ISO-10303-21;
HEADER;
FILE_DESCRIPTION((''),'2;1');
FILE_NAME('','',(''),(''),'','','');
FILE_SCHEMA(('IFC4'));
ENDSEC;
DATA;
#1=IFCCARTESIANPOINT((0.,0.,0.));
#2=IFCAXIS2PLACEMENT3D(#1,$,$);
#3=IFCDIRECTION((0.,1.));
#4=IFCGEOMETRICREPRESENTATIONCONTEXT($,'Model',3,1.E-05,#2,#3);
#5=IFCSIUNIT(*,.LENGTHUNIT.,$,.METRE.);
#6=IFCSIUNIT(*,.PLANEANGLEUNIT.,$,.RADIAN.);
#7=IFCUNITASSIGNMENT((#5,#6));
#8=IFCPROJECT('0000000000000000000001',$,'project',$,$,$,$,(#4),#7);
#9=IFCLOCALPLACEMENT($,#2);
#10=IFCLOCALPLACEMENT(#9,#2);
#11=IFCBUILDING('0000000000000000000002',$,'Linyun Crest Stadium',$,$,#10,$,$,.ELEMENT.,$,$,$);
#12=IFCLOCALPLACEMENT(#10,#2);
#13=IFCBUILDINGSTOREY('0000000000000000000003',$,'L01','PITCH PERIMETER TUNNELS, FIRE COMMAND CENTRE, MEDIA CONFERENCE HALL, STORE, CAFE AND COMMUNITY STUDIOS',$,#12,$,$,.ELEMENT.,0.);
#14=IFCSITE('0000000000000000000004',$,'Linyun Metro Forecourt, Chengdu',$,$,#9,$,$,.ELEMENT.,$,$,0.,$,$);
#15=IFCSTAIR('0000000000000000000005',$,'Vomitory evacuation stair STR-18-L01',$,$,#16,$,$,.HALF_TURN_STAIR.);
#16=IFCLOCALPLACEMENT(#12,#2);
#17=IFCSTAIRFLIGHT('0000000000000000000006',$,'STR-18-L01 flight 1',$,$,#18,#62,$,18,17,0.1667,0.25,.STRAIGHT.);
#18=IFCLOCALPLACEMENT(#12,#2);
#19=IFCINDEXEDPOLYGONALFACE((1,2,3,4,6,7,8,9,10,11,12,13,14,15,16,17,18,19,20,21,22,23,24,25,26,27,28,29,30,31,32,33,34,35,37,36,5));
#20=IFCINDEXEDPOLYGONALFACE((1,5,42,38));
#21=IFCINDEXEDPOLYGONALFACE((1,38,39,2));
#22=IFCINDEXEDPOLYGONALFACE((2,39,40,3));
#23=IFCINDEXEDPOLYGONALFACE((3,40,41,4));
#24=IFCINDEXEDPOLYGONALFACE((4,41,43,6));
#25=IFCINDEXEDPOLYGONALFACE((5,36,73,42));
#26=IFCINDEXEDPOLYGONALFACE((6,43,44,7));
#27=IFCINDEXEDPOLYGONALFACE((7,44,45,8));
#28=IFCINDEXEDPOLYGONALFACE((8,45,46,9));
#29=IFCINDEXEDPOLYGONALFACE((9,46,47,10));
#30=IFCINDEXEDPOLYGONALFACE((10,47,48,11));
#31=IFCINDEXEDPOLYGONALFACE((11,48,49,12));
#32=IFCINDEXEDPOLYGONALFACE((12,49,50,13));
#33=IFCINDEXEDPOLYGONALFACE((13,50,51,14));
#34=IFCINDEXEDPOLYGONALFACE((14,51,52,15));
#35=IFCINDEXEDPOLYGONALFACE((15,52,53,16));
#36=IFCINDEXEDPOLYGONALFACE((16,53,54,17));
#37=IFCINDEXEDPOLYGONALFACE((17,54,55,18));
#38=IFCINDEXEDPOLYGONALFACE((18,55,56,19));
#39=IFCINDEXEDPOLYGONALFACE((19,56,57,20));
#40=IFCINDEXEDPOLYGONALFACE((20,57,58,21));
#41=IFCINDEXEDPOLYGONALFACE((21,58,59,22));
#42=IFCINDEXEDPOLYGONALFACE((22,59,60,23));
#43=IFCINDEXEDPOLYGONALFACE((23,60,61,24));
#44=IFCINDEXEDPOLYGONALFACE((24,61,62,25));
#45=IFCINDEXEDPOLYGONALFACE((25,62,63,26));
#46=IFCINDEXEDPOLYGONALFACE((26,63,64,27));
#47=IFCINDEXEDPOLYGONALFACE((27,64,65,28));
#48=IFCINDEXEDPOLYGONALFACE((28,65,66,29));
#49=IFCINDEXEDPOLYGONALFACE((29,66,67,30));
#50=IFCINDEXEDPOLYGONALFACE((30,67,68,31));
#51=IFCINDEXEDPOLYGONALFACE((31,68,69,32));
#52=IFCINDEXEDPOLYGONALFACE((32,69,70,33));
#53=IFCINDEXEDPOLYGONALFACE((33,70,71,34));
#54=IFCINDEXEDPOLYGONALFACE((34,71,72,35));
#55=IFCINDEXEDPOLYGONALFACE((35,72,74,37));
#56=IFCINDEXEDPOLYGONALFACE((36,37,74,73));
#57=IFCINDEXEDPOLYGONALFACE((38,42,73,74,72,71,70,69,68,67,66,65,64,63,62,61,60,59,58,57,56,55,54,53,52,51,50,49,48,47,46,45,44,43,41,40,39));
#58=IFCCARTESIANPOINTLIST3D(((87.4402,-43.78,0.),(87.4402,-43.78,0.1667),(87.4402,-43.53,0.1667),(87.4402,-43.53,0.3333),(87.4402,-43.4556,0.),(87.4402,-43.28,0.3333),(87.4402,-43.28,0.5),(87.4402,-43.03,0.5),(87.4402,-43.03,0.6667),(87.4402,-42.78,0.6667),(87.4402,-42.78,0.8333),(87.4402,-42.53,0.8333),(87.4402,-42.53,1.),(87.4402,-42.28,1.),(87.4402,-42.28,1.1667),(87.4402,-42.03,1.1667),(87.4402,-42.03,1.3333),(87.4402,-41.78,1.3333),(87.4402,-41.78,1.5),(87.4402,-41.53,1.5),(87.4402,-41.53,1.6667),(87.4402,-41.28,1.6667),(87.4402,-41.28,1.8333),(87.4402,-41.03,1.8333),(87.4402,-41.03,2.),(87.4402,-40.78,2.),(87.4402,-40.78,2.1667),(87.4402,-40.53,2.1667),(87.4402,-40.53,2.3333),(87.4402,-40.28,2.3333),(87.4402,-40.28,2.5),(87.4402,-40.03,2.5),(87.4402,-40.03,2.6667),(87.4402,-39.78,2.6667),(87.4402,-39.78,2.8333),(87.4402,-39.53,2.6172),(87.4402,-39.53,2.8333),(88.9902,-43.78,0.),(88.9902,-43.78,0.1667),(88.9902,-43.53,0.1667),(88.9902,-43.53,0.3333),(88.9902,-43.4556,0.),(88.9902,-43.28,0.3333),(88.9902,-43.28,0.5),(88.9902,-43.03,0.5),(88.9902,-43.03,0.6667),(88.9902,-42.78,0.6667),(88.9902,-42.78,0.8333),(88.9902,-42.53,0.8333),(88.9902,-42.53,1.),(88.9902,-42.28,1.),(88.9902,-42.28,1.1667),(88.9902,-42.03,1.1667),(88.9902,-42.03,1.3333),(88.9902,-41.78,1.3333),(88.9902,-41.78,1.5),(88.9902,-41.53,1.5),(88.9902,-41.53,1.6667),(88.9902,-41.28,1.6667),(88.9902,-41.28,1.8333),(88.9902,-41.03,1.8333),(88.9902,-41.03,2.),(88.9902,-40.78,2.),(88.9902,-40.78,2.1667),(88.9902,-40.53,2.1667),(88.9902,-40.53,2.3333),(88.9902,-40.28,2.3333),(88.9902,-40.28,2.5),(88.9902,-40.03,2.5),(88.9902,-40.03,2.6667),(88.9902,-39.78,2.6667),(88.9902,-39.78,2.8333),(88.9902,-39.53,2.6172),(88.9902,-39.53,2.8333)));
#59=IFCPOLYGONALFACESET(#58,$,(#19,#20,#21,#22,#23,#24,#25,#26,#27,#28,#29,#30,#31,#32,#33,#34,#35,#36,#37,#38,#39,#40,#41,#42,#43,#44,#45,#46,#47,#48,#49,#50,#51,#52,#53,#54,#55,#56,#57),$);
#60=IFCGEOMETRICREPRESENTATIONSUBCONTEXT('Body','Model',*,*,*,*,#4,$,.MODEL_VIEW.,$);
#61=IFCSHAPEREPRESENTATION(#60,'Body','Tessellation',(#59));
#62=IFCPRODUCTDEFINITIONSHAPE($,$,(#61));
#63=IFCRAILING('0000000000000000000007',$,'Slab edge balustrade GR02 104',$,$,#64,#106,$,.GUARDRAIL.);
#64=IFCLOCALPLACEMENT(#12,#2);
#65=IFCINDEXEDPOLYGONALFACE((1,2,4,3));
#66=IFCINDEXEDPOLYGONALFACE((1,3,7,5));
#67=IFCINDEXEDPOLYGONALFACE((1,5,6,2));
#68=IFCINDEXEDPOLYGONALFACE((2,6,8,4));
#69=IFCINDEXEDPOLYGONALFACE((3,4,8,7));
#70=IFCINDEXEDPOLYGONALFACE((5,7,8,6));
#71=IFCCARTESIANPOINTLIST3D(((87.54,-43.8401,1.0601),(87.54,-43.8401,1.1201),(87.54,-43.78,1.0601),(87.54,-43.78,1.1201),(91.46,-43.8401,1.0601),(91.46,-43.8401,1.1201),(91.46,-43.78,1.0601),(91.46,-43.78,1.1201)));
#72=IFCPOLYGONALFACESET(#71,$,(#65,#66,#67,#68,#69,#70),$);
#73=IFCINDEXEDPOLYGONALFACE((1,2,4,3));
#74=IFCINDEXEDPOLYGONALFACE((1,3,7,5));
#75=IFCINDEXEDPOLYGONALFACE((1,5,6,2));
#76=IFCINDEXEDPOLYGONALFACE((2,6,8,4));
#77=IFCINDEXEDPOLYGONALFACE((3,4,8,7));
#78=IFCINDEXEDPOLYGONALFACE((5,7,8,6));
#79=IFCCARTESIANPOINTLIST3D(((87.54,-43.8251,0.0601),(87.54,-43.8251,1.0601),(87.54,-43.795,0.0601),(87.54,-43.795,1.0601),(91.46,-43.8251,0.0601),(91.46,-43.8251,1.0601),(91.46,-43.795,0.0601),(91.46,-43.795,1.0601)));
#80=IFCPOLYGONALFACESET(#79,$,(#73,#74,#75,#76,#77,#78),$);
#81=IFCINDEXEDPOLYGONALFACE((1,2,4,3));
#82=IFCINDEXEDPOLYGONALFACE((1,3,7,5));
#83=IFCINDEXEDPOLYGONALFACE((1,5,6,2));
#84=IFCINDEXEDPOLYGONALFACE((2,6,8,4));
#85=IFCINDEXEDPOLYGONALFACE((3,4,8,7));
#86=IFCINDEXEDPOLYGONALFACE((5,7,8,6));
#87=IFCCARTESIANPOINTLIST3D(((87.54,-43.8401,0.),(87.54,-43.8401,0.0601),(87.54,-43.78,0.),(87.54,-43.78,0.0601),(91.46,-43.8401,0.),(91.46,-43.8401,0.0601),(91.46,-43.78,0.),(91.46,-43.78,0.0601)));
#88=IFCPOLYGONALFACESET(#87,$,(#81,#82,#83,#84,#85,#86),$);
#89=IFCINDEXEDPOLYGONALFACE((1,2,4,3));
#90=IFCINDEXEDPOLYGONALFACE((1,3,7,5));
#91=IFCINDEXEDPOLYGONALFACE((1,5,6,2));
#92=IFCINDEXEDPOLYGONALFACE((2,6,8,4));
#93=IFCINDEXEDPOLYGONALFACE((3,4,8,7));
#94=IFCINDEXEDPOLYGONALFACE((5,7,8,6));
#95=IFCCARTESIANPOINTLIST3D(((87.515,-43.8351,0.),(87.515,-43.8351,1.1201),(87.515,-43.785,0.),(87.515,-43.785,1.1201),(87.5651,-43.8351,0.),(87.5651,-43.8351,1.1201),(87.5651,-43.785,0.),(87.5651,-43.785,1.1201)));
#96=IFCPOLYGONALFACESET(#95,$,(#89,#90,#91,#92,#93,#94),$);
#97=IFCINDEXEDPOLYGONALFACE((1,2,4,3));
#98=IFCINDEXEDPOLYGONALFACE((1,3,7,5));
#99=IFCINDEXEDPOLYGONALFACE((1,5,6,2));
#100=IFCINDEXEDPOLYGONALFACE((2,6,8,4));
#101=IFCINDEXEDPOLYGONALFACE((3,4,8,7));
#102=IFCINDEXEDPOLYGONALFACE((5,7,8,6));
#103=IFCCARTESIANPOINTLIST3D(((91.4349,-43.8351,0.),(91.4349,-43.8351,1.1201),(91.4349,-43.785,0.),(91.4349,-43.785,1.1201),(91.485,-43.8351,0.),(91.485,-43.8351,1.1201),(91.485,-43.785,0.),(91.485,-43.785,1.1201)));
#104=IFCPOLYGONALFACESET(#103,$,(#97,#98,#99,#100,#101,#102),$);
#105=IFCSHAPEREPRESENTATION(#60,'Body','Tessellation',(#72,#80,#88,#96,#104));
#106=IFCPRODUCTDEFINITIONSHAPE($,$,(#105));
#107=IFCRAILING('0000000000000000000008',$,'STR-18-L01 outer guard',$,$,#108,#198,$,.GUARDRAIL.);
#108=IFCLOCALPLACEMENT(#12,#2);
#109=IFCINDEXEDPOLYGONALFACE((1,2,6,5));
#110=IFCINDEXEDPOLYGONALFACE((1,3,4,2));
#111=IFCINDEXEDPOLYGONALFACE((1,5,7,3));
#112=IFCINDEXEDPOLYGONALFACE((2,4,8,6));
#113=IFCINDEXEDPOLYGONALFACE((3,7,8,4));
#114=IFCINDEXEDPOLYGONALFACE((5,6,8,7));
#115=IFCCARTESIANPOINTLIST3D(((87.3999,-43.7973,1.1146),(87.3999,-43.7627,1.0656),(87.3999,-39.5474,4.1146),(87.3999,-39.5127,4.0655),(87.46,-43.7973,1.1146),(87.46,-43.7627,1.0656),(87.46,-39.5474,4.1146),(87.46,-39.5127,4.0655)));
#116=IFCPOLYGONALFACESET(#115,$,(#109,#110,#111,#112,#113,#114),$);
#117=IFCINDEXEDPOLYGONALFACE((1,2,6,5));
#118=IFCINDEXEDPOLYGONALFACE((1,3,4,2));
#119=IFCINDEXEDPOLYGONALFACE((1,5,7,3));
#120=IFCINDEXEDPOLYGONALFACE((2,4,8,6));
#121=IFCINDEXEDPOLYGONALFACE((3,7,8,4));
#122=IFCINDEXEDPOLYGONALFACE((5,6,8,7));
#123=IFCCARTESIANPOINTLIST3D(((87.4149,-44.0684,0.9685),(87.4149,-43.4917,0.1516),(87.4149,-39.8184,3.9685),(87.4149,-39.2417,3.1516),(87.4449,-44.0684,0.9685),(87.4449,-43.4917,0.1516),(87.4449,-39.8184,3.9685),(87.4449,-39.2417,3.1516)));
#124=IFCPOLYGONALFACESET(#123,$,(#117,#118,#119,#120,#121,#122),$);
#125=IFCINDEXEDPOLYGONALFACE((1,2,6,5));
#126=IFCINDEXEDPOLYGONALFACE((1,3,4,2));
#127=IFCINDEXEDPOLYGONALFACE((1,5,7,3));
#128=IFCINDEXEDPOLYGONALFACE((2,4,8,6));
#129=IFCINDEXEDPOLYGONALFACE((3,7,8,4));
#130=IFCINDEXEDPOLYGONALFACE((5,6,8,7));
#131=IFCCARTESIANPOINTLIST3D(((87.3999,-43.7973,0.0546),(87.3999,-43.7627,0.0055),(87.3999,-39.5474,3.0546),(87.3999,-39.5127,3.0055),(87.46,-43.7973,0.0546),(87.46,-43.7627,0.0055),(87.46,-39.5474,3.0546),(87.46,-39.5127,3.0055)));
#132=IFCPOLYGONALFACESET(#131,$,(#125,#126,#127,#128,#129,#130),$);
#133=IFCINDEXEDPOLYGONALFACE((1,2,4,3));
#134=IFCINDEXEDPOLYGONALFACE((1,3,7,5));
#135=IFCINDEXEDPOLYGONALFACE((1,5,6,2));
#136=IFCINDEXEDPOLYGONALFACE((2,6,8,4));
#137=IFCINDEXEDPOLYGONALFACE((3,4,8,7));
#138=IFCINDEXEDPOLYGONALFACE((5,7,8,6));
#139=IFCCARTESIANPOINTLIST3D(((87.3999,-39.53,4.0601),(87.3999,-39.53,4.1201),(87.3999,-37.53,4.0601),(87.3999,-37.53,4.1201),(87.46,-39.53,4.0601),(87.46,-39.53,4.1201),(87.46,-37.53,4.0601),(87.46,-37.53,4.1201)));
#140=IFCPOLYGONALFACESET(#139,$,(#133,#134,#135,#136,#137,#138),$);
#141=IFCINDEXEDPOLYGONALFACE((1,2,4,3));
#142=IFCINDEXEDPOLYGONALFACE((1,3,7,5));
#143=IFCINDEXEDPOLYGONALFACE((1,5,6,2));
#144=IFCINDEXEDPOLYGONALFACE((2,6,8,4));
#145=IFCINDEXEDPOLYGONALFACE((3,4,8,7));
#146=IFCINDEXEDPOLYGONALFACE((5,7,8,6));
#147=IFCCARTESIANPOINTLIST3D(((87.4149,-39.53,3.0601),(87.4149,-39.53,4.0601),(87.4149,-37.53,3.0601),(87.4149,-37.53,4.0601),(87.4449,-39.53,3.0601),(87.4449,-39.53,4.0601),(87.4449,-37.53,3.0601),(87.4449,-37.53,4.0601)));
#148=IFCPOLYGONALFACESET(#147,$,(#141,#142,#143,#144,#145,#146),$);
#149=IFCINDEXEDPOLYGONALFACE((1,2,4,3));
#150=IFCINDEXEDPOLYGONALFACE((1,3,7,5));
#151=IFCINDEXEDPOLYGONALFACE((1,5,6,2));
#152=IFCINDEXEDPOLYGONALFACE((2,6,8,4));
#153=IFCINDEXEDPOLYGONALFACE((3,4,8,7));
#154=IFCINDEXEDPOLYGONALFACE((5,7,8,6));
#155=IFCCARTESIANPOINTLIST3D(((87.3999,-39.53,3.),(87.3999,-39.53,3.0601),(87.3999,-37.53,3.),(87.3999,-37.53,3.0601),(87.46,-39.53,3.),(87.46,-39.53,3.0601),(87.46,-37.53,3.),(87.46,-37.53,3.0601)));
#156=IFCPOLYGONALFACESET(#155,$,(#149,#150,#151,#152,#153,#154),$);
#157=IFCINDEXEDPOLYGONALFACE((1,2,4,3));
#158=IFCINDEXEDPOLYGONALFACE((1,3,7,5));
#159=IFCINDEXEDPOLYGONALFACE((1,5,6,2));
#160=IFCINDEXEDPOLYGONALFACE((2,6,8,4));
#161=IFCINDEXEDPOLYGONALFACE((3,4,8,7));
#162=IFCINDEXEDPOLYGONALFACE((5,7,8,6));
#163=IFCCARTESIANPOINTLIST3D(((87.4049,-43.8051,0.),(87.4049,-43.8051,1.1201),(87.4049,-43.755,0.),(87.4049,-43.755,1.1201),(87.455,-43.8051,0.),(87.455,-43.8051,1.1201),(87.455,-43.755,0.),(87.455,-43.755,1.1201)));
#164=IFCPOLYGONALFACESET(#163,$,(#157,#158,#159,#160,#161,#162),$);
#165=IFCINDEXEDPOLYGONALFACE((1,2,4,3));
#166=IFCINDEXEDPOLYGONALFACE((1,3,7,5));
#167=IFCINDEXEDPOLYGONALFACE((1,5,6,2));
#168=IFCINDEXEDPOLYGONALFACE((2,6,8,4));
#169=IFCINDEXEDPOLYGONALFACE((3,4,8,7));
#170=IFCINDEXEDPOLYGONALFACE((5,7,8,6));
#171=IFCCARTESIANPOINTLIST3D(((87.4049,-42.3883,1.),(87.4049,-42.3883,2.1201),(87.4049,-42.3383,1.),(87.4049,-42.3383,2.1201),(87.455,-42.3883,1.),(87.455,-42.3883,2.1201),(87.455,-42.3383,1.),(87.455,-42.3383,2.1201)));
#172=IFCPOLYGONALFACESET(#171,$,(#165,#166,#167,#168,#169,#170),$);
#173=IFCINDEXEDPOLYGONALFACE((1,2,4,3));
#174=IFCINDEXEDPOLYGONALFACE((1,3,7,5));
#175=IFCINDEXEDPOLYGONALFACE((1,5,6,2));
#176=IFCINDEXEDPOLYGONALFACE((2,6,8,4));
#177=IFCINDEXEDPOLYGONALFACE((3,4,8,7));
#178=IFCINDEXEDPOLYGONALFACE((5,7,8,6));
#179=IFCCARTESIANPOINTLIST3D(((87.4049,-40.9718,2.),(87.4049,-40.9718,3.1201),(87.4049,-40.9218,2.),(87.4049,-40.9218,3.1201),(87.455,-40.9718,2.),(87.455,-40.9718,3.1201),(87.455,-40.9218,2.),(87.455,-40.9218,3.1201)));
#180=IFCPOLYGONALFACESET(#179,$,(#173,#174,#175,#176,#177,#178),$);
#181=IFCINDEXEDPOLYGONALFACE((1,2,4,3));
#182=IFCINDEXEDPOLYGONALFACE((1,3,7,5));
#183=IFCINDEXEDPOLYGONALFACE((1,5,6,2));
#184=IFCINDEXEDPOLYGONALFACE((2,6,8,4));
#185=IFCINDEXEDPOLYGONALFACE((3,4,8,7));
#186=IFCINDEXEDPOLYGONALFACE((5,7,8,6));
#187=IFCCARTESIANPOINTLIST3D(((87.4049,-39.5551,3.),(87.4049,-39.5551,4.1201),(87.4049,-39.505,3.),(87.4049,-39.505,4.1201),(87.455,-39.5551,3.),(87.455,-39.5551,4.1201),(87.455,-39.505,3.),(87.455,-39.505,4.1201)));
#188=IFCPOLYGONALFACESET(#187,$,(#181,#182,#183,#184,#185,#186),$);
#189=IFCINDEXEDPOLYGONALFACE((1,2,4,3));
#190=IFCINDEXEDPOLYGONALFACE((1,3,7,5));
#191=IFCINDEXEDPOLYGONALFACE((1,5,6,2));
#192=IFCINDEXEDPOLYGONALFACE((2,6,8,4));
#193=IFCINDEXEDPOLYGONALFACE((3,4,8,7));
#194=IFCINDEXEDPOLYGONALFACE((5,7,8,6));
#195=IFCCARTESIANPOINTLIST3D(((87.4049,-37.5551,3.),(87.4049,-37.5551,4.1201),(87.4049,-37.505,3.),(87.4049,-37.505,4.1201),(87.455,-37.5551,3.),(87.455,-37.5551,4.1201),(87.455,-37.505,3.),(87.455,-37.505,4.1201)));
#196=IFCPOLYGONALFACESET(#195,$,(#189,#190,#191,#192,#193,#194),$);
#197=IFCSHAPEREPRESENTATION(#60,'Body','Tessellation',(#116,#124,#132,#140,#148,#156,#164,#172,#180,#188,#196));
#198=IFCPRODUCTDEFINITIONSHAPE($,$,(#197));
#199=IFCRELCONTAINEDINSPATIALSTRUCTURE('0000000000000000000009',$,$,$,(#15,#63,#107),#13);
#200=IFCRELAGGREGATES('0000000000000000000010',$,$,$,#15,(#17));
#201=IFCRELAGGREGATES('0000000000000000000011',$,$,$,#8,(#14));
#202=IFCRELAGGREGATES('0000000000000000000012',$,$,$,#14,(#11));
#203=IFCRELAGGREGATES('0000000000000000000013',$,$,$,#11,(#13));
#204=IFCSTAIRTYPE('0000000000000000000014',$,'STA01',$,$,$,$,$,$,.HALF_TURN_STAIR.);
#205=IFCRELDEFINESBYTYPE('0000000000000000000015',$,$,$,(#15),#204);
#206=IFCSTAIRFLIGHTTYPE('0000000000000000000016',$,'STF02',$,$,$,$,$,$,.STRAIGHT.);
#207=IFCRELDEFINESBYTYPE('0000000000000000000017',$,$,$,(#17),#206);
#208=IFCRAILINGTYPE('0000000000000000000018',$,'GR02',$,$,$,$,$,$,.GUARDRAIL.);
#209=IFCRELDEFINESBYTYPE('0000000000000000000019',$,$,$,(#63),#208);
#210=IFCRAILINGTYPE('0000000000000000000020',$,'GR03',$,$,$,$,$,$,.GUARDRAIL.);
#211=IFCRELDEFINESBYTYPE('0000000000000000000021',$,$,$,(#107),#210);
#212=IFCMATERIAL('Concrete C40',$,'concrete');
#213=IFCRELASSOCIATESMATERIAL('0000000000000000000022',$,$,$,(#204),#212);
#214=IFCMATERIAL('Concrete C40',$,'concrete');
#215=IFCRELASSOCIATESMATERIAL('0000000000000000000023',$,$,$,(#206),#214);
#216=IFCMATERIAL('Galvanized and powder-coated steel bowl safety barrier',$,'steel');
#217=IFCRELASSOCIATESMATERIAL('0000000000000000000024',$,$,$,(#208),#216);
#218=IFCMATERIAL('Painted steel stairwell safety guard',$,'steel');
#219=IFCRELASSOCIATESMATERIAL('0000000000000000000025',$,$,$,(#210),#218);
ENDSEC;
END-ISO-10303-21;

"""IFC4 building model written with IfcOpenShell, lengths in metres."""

from ifc_helpers import new_model, si_unit, direction, frame, origin, origin_2d, place, context, subcontext, project, spatial, polyline, rectangle, outline, extrude, material, type_object, element, aggregate, save


model = new_model("IFC4")

# Units and contexts
model_context = context("Model", 3, precision=1e-05, world=origin(), true_north=direction((0.0, 1.0)))
body_context = subcontext(model_context, "Body", "Model", "MODEL_VIEW")
ifc_project = project(units=[si_unit("LENGTHUNIT", "METRE"), si_unit("PLANEANGLEUNIT", "RADIAN")], contexts=[model_context])

# Site, building, storey
site_placement = place(None, origin())
site = spatial("IfcSite", under=ifc_project, at=site_placement, Name="Linyun Metro Forecourt, Chengdu", CompositionType="ELEMENT", RefElevation=0.0)
building_placement = place(site_placement, origin())
building = spatial("IfcBuilding", under=site, at=building_placement, Name="Linyun Crest Stadium", CompositionType="ELEMENT")
storey_placement = place(building_placement, origin())
storey = spatial("IfcBuildingStorey", under=building, at=storey_placement, Name="L01", Description="PITCH PERIMETER TUNNELS, FIRE COMMAND CENTRE, MEDIA CONFERENCE HALL, STORE, CAFE AND COMMUNITY STUDIOS", CompositionType="ELEMENT", Elevation=0.0)

# Stair, stair flight
ifc_material_1 = material(Name="Concrete C40", Category="concrete")
stair_type = type_object("IfcStairType", Name="STA01", PredefinedType="HALF_TURN_STAIR", material=ifc_material_1)
stair_placement = place(storey_placement, origin())
stair = element("IfcStair", 1, at=stair_placement, inside=storey, type_object=stair_type, Name="Vomitory evacuation stair STR-18-L01", PredefinedType="HALF_TURN_STAIR")
ifc_material_2 = material(Name="Concrete C40", Category="concrete")
stair_flight_type = type_object("IfcStairFlightType", Name="STF02", PredefinedType="STRAIGHT", material=ifc_material_2)
stair_flight_placement = place(storey_placement, frame((88.2151, -43.78, 0.0), z_axis=(0.0, 0.0, 1.0), x_axis=(0.0, 1.0, 0.0)))
stair_flight = element("IfcStairFlight", 2, at=stair_flight_placement, type_object=stair_flight_type, Name="STR-18-L01 flight 1", NumberOfRisers=18, NumberOfTreads=17, PredefinedType="STRAIGHT", RiserHeight=0.1667, TreadLength=0.25, context=body_context, shape_type="SweptSolid", body=[
    extrude(outline(polyline([(0.0, 0.0), (0.0, 0.1667), (0.25, 0.1667), (0.25, 0.3333), (0.5, 0.3333), (0.5, 0.5), (0.75, 0.5), (0.75, 0.6667), (1.0, 0.6667), (1.0, 0.8333), (1.25, 0.8333), (1.25, 1.0), (1.5, 1.0), (1.5, 1.1667), (1.75, 1.1667), (1.75, 1.3333), (2.0, 1.3333), (2.0, 1.5), (2.25, 1.5), (2.25, 1.6667), (2.5, 1.6667), (2.5, 1.8333), (2.75, 1.8333), (2.75, 2.0), (3.0, 2.0), (3.0, 2.1667), (3.25, 2.1667), (3.25, 2.3333), (3.5, 2.3333), (3.5, 2.5), (3.75, 2.5), (3.75, 2.6667), (4.0, 2.6667), (4.0, 2.8333), (4.25, 2.8333), (4.25, 3.0), (4.25, 2.6172), (0.3245, 0.0), (0.0, 0.0)])), frame((0.0, 0.7749, 0.0), z_axis=(0.0, -1.0, 0.0), x_axis=(1.0, 0.0, 0.0)), (0.0, 0.0, 1.0), 1.55),
])
aggregate(stair, [stair_flight])

# Railings
ifc_material_3 = material(Name="Galvanized and powder-coated steel bowl safety barrier", Category="steel")
railing_type_1 = type_object("IfcRailingType", Name="GR02", PredefinedType="GUARDRAIL", material=ifc_material_3)
railing_1_placement = place(storey_placement, frame((87.54, -43.8101, 0.0)))
element("IfcRailing", 3, at=railing_1_placement, inside=storey, type_object=railing_type_1, Name="Slab edge balustrade GR02 104", PredefinedType="GUARDRAIL", context=body_context, shape_type="SweptSolid", body=[
    extrude(rectangle(XDim=0.0601, YDim=0.0601, at=origin_2d()), frame((0.0, 0.0, 1.0901), z_axis=(1.0, 0.0, 0.0), x_axis=(0.0, 1.0, 0.0)), (0.0, 0.0, 1.0), 3.9199),
    extrude(rectangle(XDim=0.03, YDim=1.0, at=origin_2d()), frame((0.0, 0.0, 0.5601), z_axis=(1.0, 0.0, 0.0), x_axis=(0.0, 1.0, 0.0)), (0.0, 0.0, 1.0), 3.9199),
    extrude(rectangle(XDim=0.0601, YDim=0.0601, at=origin_2d()), frame((0.0, 0.0, 0.03), z_axis=(1.0, 0.0, 0.0), x_axis=(0.0, 1.0, 0.0)), (0.0, 0.0, 1.0), 3.9199),
    extrude(rectangle(XDim=0.05, YDim=0.05, at=origin_2d()), origin(), (0.0, 0.0, 1.0), 1.1201),
    extrude(rectangle(XDim=0.05, YDim=0.05, at=origin_2d()), frame((3.9199, 0.0, 0.0)), (0.0, 0.0, 1.0), 1.1201),
])
ifc_material_4 = material(Name="Painted steel stairwell safety guard", Category="steel")
railing_type_2 = type_object("IfcRailingType", Name="GR03", PredefinedType="GUARDRAIL", material=ifc_material_4)
railing_2_placement = place(storey_placement, frame((87.4299, -43.78, 0.0)))
element("IfcRailing", 4, at=railing_2_placement, inside=storey, type_object=railing_type_2, Name="STR-18-L01 outer guard", PredefinedType="GUARDRAIL", context=body_context, shape_type="SweptSolid", body=[
    extrude(rectangle(XDim=0.0601, YDim=0.0601, at=origin_2d()), frame((0.0, 0.0, 1.0901), z_axis=(0.0, 0.816968, 0.576683), x_axis=(-1.0, 0.0, 0.0)), (0.0, 0.0, 1.0), 5.2021),
    extrude(rectangle(XDim=0.03, YDim=1.0, at=origin_2d()), frame((0.0, 0.0, 0.5601), z_axis=(0.0, 0.816968, 0.576683), x_axis=(-1.0, 0.0, 0.0)), (0.0, 0.0, 1.0), 5.2021),
    extrude(rectangle(XDim=0.0601, YDim=0.0601, at=origin_2d()), frame((0.0, 0.0, 0.03), z_axis=(0.0, 0.816968, 0.576683), x_axis=(-1.0, 0.0, 0.0)), (0.0, 0.0, 1.0), 5.2021),
    extrude(rectangle(XDim=0.0601, YDim=0.0601, at=origin_2d()), frame((0.0, 4.25, 4.0901), z_axis=(0.0, 1.0, 0.0), x_axis=(-1.0, 0.0, 0.0)), (0.0, 0.0, 1.0), 2.0),
    extrude(rectangle(XDim=0.03, YDim=1.0, at=origin_2d()), frame((0.0, 4.25, 3.5601), z_axis=(0.0, 1.0, 0.0), x_axis=(-1.0, 0.0, 0.0)), (0.0, 0.0, 1.0), 2.0),
    extrude(rectangle(XDim=0.0601, YDim=0.0601, at=origin_2d()), frame((0.0, 4.25, 3.03), z_axis=(0.0, 1.0, 0.0), x_axis=(-1.0, 0.0, 0.0)), (0.0, 0.0, 1.0), 2.0),
    extrude(rectangle(XDim=0.05, YDim=0.05, at=origin_2d()), origin(), (0.0, 0.0, 1.0), 1.1201),
    extrude(rectangle(XDim=0.05, YDim=0.05, at=origin_2d()), frame((0.0, 1.4167, 1.0)), (0.0, 0.0, 1.0), 1.1201),
    extrude(rectangle(XDim=0.05, YDim=0.05, at=origin_2d()), frame((0.0, 2.8333, 2.0)), (0.0, 0.0, 1.0), 1.1201),
    extrude(rectangle(XDim=0.05, YDim=0.05, at=origin_2d()), frame((0.0, 4.25, 3.0)), (0.0, 0.0, 1.0), 1.1201),
    extrude(rectangle(XDim=0.05, YDim=0.05, at=origin_2d()), frame((0.0, 6.25, 3.0)), (0.0, 0.0, 1.0), 1.1201),
])

save(model, "model.ifc")
